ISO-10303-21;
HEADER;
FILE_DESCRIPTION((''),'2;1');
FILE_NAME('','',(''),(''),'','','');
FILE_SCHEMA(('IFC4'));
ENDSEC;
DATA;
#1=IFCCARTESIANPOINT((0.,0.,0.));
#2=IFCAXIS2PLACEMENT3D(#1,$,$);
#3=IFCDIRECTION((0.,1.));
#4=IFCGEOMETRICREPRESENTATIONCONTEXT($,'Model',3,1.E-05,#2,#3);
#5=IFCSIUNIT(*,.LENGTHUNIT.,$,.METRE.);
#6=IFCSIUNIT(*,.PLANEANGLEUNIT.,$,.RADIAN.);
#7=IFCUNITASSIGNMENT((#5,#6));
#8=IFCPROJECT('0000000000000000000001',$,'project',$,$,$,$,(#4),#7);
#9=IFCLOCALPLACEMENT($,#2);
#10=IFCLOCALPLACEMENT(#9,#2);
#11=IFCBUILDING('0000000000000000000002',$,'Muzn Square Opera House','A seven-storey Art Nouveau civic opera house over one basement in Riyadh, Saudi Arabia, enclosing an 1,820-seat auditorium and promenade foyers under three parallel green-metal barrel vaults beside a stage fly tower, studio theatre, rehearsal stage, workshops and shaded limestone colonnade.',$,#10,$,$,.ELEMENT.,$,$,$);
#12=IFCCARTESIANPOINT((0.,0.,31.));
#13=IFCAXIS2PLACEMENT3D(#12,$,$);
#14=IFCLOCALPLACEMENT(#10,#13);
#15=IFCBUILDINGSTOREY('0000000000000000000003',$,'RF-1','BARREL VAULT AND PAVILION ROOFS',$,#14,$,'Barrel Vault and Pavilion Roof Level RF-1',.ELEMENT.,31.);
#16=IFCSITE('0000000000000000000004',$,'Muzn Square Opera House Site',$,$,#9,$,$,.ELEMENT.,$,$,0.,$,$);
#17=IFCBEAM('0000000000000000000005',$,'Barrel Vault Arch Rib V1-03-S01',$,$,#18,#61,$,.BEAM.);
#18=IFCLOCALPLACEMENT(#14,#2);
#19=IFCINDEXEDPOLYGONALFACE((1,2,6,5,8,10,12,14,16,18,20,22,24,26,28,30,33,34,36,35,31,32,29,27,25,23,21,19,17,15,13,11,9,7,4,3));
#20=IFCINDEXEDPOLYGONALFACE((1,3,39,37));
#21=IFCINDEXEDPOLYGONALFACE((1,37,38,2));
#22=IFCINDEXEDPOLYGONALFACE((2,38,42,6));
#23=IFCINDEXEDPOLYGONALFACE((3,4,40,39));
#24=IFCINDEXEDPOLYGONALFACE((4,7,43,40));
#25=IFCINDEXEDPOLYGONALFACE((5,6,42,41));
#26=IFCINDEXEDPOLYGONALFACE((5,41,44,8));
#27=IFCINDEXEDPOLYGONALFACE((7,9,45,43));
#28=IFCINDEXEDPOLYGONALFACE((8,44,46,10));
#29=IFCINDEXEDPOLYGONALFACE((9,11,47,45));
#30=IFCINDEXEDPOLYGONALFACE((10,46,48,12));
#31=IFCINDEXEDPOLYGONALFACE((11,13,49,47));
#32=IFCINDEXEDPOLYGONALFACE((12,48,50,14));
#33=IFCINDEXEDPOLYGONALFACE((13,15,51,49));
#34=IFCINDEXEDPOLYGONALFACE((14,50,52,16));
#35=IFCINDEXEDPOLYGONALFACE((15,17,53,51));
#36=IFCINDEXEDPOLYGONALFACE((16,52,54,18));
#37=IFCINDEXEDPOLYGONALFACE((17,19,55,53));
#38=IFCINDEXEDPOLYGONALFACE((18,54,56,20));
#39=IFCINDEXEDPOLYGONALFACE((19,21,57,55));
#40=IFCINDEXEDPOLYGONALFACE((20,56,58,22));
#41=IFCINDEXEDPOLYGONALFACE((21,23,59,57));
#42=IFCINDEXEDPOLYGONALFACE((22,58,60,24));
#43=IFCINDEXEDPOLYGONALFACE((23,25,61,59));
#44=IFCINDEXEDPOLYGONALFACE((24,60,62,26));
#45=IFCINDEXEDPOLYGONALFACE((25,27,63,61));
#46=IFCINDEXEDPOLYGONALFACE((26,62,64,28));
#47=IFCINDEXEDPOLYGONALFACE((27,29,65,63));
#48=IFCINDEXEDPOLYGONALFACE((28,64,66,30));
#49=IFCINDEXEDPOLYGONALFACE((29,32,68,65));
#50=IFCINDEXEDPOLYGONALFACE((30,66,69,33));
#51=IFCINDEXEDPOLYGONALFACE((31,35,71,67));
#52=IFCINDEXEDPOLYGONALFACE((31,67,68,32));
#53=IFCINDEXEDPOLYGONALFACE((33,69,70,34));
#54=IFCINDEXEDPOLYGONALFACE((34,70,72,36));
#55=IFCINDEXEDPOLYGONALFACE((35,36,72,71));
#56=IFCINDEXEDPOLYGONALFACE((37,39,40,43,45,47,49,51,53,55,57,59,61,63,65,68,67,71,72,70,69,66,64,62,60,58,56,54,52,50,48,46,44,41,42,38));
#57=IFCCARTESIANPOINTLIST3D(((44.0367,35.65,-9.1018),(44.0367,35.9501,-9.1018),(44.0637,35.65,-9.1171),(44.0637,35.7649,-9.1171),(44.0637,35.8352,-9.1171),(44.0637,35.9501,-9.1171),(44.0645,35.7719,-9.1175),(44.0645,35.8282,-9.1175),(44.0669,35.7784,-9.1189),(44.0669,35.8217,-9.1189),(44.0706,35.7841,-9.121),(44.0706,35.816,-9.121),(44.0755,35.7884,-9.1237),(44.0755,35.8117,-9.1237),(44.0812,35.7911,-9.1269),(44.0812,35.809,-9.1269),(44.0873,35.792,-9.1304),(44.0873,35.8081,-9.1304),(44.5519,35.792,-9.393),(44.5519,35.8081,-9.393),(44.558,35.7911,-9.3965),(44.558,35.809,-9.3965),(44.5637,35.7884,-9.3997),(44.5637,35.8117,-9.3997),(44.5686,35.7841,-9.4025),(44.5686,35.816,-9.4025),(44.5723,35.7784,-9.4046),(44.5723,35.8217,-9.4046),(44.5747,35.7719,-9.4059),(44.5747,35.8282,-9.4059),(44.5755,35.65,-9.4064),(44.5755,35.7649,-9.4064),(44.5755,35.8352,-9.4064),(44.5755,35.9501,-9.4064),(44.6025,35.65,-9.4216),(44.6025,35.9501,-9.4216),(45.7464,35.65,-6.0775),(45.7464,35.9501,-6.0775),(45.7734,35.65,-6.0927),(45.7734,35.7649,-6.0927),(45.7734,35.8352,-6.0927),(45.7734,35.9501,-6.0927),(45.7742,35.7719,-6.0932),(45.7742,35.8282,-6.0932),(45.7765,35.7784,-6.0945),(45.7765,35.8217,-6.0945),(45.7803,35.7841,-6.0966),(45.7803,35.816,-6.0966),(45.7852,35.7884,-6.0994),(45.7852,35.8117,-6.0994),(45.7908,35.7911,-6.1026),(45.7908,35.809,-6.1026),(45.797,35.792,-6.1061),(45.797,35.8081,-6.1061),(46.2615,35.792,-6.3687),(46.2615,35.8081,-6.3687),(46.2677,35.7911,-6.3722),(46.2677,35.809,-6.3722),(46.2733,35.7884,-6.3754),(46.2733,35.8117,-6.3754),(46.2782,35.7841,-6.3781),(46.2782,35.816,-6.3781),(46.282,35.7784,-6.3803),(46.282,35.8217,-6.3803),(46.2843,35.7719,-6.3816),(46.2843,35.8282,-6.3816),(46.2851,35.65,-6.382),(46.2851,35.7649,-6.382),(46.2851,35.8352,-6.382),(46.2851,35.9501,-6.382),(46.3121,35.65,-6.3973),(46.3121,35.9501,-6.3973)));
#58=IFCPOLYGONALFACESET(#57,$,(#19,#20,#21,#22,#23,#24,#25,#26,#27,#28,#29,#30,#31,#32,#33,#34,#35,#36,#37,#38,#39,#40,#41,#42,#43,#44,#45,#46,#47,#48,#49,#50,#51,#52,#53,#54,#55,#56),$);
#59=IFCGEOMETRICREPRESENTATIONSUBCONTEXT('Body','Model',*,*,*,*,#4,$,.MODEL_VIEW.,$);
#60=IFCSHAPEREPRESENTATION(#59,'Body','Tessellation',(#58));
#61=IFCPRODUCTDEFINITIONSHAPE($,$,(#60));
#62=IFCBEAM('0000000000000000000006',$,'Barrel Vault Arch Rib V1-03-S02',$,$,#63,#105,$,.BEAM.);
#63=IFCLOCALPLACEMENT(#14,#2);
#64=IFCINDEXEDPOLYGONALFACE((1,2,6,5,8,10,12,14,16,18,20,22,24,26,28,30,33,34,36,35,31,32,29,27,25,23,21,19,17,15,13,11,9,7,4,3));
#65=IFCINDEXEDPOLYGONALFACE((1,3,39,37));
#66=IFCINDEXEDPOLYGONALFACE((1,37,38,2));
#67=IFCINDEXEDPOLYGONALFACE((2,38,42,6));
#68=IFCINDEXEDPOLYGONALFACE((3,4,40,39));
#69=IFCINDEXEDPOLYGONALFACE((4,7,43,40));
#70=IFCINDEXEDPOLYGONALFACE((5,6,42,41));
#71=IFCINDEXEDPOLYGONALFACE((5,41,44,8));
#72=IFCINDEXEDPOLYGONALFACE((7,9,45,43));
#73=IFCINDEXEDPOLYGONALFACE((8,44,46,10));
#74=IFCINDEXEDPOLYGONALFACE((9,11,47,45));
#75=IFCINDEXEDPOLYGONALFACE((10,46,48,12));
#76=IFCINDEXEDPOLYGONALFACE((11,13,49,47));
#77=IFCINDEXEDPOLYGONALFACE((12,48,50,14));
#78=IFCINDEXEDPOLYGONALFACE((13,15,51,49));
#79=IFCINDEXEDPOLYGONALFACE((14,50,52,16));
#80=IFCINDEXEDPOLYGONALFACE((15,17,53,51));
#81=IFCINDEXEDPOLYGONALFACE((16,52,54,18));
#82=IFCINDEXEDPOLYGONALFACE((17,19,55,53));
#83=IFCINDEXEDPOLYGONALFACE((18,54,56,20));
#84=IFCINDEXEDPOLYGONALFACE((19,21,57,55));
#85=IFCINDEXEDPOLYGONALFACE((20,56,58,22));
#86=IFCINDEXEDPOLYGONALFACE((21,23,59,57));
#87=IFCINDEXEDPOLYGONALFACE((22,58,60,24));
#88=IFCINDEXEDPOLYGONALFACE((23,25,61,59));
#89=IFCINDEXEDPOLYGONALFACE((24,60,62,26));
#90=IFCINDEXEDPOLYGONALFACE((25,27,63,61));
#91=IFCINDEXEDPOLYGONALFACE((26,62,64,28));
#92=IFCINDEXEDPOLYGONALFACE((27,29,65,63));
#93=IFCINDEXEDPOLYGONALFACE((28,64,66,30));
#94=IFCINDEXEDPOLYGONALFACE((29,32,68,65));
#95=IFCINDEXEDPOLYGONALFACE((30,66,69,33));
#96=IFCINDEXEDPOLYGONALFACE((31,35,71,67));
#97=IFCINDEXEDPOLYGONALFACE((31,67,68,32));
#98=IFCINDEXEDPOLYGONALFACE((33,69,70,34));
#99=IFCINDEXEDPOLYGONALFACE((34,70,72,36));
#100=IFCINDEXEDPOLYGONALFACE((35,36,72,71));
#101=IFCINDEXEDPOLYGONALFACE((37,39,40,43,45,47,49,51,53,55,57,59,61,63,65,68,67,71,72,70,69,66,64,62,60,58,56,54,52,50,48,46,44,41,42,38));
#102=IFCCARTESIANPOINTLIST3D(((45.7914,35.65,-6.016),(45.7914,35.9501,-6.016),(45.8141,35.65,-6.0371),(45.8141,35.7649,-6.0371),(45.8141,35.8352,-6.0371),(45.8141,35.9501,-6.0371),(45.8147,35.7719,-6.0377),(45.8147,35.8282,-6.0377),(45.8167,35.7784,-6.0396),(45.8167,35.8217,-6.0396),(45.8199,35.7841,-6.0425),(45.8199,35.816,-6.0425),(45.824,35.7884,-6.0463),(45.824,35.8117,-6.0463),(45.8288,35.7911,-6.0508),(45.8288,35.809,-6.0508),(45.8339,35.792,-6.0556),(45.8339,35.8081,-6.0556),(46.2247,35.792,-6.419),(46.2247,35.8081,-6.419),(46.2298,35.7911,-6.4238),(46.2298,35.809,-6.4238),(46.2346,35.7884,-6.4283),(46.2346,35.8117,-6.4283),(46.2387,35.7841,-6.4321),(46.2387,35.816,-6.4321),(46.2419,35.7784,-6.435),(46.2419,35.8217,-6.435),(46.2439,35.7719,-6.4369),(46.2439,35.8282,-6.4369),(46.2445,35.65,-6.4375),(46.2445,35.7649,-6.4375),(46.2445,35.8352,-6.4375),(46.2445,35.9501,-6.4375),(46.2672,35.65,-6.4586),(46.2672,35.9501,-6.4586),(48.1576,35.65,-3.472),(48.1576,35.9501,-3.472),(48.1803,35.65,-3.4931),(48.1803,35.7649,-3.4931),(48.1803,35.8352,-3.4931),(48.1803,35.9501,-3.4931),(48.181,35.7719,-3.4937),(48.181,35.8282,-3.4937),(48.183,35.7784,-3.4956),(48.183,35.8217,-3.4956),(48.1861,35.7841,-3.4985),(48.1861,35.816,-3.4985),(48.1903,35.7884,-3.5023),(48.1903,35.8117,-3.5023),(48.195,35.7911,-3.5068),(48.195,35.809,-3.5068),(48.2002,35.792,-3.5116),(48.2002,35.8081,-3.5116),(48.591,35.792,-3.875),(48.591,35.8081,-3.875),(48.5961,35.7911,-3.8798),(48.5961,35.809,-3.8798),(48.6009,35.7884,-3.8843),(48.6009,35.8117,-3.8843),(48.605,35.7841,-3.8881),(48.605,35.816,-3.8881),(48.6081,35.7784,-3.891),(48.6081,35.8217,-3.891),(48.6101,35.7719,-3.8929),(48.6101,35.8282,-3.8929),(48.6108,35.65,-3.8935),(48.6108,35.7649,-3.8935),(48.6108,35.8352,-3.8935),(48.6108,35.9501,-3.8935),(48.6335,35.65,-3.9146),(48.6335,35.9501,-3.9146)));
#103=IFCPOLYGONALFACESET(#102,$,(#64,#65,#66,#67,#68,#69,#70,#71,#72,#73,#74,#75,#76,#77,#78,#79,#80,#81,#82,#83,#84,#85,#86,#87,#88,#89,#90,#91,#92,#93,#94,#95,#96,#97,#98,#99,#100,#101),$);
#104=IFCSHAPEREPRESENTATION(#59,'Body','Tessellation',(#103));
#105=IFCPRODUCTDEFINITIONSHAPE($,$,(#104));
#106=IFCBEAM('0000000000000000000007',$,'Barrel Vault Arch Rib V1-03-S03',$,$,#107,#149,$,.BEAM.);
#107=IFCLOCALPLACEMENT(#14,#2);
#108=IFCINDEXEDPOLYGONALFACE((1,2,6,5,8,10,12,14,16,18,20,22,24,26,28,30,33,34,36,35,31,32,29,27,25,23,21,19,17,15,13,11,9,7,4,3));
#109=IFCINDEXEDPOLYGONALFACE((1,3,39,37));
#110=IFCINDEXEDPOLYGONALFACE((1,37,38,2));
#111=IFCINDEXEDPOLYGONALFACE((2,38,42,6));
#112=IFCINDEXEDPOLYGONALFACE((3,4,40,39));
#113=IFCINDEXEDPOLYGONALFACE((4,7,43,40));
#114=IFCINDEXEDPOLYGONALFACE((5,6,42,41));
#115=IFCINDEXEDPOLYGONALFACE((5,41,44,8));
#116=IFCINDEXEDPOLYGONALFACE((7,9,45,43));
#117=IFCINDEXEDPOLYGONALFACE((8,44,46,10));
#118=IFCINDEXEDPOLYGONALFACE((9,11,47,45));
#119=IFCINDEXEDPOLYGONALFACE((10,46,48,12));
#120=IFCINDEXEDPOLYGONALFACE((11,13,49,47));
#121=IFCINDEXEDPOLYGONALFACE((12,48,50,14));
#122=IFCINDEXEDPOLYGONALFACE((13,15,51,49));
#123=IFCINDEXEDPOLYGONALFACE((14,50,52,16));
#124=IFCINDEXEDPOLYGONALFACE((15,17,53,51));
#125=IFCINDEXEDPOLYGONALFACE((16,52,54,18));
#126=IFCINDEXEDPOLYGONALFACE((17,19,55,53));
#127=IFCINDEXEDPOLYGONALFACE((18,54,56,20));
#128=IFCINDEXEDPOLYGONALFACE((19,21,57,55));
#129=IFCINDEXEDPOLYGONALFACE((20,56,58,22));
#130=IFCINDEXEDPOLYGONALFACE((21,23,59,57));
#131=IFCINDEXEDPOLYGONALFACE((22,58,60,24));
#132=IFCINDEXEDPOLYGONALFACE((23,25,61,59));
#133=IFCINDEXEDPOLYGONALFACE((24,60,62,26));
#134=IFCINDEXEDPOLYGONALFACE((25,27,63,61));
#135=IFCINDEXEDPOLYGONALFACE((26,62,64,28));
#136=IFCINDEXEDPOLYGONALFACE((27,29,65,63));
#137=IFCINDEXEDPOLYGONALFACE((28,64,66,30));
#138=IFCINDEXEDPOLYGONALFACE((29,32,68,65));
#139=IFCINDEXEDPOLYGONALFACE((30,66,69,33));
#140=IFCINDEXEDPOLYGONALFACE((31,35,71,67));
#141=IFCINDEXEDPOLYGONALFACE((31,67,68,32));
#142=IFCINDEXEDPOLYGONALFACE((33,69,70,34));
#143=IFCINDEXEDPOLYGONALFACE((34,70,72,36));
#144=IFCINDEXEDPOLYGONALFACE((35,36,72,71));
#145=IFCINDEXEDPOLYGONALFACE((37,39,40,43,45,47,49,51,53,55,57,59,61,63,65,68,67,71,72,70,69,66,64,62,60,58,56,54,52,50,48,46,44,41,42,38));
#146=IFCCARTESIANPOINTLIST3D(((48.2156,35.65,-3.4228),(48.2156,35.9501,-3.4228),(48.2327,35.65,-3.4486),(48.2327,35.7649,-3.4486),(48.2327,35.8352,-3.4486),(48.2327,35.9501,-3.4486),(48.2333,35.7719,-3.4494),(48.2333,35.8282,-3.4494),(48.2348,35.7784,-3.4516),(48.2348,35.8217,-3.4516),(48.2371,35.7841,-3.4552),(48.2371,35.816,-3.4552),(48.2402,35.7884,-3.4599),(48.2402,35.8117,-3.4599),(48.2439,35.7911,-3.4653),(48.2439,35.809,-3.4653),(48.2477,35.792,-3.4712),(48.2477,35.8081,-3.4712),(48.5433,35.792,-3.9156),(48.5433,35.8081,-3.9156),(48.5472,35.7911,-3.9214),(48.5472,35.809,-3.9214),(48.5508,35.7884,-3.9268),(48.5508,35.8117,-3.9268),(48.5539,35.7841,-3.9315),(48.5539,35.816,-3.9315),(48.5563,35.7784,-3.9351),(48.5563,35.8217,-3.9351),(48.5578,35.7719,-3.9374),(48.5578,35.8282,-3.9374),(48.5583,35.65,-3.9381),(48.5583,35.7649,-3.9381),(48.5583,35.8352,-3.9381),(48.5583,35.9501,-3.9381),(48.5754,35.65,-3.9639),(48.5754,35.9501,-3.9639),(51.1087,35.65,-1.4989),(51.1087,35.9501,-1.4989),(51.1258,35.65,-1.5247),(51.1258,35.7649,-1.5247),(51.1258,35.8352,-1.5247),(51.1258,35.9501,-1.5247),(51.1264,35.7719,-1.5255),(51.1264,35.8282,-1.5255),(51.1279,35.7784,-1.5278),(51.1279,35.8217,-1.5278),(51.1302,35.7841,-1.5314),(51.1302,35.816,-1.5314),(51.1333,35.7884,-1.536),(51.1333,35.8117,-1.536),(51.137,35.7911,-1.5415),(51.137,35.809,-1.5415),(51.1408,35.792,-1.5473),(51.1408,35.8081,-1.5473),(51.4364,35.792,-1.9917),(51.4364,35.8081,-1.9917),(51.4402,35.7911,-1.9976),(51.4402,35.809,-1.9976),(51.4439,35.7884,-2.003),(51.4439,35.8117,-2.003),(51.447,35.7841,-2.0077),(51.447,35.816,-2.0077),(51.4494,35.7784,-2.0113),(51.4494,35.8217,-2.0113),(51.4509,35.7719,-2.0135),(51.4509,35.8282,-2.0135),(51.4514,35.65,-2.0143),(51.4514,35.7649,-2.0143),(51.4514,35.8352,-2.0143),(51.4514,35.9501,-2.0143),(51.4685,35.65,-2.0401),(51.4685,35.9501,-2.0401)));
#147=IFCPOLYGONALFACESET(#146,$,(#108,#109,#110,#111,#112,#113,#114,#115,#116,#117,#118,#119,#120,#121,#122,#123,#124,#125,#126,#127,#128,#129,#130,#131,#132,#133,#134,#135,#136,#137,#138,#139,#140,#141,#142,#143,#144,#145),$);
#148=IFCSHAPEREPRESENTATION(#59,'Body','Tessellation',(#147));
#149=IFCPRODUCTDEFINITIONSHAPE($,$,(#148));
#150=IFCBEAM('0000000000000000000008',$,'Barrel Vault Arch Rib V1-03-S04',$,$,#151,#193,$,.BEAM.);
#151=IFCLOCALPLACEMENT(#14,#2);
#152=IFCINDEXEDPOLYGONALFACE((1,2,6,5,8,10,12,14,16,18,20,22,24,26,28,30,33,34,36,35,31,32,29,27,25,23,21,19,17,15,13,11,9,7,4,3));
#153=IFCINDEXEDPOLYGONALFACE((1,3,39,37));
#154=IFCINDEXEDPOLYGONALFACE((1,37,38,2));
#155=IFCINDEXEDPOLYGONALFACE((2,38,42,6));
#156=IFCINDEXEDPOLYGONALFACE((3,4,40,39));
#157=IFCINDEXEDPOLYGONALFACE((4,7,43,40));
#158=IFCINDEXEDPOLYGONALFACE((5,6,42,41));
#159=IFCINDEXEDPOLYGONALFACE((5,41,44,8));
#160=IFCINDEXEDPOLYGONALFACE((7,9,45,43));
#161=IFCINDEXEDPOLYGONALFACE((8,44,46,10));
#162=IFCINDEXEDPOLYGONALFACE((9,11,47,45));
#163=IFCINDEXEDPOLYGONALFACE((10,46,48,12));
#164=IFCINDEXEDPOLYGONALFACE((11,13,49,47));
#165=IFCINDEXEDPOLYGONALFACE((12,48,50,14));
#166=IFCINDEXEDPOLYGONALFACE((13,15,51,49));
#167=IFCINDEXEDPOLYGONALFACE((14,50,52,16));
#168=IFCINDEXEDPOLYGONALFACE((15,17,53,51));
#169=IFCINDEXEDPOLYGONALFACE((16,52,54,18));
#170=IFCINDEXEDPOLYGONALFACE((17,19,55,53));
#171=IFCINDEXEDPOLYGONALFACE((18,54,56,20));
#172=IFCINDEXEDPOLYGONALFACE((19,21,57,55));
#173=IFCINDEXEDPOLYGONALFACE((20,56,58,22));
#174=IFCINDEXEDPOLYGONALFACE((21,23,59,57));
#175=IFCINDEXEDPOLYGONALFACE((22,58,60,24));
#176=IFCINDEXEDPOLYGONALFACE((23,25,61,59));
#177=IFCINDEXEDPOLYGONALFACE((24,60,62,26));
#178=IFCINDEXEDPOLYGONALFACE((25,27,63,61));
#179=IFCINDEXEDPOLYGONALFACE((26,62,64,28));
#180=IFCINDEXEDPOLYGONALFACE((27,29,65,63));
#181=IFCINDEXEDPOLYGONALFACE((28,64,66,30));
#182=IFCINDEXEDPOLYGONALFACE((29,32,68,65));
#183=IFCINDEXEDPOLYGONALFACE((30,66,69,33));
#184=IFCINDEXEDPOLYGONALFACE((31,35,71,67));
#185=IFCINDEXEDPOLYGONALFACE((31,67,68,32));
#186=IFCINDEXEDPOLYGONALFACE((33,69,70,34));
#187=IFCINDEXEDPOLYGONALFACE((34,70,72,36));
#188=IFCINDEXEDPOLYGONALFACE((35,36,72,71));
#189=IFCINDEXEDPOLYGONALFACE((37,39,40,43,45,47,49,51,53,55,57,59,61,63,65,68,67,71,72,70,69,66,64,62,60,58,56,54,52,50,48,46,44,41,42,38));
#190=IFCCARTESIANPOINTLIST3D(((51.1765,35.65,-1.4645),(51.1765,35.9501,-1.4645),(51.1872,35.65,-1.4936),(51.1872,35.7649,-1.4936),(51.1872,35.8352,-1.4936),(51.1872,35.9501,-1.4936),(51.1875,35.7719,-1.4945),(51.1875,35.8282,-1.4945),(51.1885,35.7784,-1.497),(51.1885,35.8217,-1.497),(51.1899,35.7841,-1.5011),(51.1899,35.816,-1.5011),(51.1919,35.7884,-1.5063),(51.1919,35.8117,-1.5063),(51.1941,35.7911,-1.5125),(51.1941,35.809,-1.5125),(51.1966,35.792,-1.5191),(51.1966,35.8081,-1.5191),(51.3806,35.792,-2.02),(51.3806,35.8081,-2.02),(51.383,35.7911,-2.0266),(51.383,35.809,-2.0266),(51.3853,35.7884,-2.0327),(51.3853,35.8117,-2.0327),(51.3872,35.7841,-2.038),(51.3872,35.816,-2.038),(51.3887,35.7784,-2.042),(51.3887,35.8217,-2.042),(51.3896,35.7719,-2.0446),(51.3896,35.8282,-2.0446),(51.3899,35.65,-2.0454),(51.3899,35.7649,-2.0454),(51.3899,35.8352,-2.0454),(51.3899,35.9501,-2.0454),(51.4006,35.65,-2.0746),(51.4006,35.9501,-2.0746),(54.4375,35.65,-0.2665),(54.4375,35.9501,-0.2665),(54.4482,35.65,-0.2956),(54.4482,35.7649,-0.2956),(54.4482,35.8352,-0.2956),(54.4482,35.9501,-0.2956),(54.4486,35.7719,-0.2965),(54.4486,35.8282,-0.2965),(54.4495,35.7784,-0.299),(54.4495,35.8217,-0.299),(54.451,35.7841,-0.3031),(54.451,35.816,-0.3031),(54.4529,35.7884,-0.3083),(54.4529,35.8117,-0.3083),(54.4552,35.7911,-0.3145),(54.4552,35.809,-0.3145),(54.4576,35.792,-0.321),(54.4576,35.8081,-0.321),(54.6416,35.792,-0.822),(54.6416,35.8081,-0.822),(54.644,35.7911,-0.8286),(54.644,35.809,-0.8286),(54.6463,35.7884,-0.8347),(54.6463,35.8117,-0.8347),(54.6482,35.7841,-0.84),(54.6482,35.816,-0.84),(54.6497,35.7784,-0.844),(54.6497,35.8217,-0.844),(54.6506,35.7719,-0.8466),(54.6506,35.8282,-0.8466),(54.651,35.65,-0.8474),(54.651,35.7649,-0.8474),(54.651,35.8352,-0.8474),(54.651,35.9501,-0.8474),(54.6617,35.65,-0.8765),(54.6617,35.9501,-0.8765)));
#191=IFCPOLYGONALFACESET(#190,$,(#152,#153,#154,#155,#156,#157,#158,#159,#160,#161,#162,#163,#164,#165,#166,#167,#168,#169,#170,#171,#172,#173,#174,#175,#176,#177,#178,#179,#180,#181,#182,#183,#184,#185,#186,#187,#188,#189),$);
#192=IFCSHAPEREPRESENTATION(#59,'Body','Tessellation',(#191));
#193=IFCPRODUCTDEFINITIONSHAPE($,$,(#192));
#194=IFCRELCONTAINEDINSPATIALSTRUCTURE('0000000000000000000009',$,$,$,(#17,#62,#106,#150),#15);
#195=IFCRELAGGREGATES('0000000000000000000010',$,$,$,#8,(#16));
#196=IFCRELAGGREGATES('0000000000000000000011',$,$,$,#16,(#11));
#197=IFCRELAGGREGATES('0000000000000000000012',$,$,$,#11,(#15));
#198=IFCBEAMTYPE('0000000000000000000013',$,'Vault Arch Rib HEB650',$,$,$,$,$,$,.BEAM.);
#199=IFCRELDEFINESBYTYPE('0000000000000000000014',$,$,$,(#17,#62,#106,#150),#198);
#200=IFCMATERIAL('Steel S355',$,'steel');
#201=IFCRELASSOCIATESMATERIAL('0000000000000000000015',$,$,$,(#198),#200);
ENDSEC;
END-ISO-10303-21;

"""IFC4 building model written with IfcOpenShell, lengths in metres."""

from ifc_helpers import new_model, si_unit, direction, frame, origin, origin_2d, place, context, subcontext, project, spatial, i_section, extrude, material, material_profile, profile_set, type_object, element, save


model = new_model("IFC4")

# Units and contexts
model_context = context("Model", 3, precision=1e-05, world=origin(), true_north=direction((0.0, 1.0)))
body_context = subcontext(model_context, "Body", "Model", "MODEL_VIEW")
ifc_project = project(units=[si_unit("LENGTHUNIT", "METRE"), si_unit("PLANEANGLEUNIT", "RADIAN")], contexts=[model_context])

# Site, building, storey
site_placement = place(None, origin())
site = spatial("IfcSite", under=ifc_project, at=site_placement, Name="Muzn Square Opera House Site", CompositionType="ELEMENT", RefElevation=0.0)
building_placement = place(site_placement, origin())
building = spatial("IfcBuilding", under=site, at=building_placement, Name="Muzn Square Opera House", Description="A seven-storey Art Nouveau civic opera house over one basement in Riyadh, Saudi Arabia, enclosing an 1,820-seat auditorium and promenade foyers under three parallel green-metal barrel vaults beside a stage fly tower, studio theatre, rehearsal stage, workshops and shaded limestone colonnade.", CompositionType="ELEMENT")
storey_placement = place(building_placement, frame((0.0, 0.0, 31.0)))
storey = spatial("IfcBuildingStorey", under=building, at=storey_placement, Name="RF-1", Description="BARREL VAULT AND PAVILION ROOFS", LongName="Barrel Vault and Pavilion Roof Level RF-1", CompositionType="ELEMENT", Elevation=31.0)

# Beams
ifc_material_1 = material(Name="Steel S355", Category="steel")
ifc_material_profile_1 = material_profile(ifc_material_1, i_section(OverallWidth=0.3, OverallDepth=0.6499, WebThickness=0.0161, FlangeThickness=0.031, FilletRadius=0.0271, at=origin_2d()), Name="HEB 650", Category="steel")
ifc_profile_set_1 = profile_set([ifc_material_profile_1], Name="Steel S355")
beam_type_1 = type_object("IfcBeamType", Name="Vault Arch Rib HEB650", PredefinedType="BEAM", material=ifc_profile_set_1)
beam_1_placement = place(storey_placement, frame((44.3196, 35.8, -9.2617), z_axis=(0.492115, 0.0, 0.87053), x_axis=(0.0, 1.0, 0.0)))
element("IfcBeam", 1, at=beam_1_placement, inside=storey, type_object=beam_type_1, Name="Barrel Vault Arch Rib V1-03-S01", PredefinedType="BEAM", context=body_context, shape_type="SweptSolid", body=[
    extrude(i_section(OverallWidth=0.3, OverallDepth=0.6499, WebThickness=0.0161, FlangeThickness=0.031, FilletRadius=0.0271, at=origin_2d()), origin(), (0.0, 0.0, 1.0), 3.4741),
])
for number, where, z_axis, x_axis, name in (
    (2, (46.0293, 35.8, -6.2373), (0.681065, 0.0, 0.732223), (0.0, 1.0, 0.0), "Barrel Vault Arch Rib V1-03-S02"),
    (3, (48.3955, 35.8, -3.6934), (0.832698, 0.0, 0.553727), (0.0, 1.0, 0.0), "Barrel Vault Arch Rib V1-03-S03"),
):
    element("IfcBeam", number, at=place(storey_placement, frame(where, z_axis=z_axis, x_axis=x_axis)), inside=storey, type_object=beam_type_1, Name=name, PredefinedType="BEAM", context=body_context, shape_type="SweptSolid", body=[
        extrude(i_section(OverallWidth=0.3, OverallDepth=0.6499, WebThickness=0.0161, FlangeThickness=0.031, FilletRadius=0.0271, at=origin_2d()), origin(), (0.0, 0.0, 1.0), 3.4744),
    ])
beam_2_placement = place(storey_placement, frame((51.2886, 35.8, -1.7695), z_axis=(0.938662, 0.0, 0.344839), x_axis=(0.0, 1.0, 0.0)))
element("IfcBeam", 4, at=beam_2_placement, inside=storey, type_object=beam_type_1, Name="Barrel Vault Arch Rib V1-03-S04", PredefinedType="BEAM", context=body_context, shape_type="SweptSolid", body=[
    extrude(i_section(OverallWidth=0.3, OverallDepth=0.6499, WebThickness=0.0161, FlangeThickness=0.031, FilletRadius=0.0271, at=origin_2d()), origin(), (0.0, 0.0, 1.0), 3.4741),
])

save(model, "model.ifc")
